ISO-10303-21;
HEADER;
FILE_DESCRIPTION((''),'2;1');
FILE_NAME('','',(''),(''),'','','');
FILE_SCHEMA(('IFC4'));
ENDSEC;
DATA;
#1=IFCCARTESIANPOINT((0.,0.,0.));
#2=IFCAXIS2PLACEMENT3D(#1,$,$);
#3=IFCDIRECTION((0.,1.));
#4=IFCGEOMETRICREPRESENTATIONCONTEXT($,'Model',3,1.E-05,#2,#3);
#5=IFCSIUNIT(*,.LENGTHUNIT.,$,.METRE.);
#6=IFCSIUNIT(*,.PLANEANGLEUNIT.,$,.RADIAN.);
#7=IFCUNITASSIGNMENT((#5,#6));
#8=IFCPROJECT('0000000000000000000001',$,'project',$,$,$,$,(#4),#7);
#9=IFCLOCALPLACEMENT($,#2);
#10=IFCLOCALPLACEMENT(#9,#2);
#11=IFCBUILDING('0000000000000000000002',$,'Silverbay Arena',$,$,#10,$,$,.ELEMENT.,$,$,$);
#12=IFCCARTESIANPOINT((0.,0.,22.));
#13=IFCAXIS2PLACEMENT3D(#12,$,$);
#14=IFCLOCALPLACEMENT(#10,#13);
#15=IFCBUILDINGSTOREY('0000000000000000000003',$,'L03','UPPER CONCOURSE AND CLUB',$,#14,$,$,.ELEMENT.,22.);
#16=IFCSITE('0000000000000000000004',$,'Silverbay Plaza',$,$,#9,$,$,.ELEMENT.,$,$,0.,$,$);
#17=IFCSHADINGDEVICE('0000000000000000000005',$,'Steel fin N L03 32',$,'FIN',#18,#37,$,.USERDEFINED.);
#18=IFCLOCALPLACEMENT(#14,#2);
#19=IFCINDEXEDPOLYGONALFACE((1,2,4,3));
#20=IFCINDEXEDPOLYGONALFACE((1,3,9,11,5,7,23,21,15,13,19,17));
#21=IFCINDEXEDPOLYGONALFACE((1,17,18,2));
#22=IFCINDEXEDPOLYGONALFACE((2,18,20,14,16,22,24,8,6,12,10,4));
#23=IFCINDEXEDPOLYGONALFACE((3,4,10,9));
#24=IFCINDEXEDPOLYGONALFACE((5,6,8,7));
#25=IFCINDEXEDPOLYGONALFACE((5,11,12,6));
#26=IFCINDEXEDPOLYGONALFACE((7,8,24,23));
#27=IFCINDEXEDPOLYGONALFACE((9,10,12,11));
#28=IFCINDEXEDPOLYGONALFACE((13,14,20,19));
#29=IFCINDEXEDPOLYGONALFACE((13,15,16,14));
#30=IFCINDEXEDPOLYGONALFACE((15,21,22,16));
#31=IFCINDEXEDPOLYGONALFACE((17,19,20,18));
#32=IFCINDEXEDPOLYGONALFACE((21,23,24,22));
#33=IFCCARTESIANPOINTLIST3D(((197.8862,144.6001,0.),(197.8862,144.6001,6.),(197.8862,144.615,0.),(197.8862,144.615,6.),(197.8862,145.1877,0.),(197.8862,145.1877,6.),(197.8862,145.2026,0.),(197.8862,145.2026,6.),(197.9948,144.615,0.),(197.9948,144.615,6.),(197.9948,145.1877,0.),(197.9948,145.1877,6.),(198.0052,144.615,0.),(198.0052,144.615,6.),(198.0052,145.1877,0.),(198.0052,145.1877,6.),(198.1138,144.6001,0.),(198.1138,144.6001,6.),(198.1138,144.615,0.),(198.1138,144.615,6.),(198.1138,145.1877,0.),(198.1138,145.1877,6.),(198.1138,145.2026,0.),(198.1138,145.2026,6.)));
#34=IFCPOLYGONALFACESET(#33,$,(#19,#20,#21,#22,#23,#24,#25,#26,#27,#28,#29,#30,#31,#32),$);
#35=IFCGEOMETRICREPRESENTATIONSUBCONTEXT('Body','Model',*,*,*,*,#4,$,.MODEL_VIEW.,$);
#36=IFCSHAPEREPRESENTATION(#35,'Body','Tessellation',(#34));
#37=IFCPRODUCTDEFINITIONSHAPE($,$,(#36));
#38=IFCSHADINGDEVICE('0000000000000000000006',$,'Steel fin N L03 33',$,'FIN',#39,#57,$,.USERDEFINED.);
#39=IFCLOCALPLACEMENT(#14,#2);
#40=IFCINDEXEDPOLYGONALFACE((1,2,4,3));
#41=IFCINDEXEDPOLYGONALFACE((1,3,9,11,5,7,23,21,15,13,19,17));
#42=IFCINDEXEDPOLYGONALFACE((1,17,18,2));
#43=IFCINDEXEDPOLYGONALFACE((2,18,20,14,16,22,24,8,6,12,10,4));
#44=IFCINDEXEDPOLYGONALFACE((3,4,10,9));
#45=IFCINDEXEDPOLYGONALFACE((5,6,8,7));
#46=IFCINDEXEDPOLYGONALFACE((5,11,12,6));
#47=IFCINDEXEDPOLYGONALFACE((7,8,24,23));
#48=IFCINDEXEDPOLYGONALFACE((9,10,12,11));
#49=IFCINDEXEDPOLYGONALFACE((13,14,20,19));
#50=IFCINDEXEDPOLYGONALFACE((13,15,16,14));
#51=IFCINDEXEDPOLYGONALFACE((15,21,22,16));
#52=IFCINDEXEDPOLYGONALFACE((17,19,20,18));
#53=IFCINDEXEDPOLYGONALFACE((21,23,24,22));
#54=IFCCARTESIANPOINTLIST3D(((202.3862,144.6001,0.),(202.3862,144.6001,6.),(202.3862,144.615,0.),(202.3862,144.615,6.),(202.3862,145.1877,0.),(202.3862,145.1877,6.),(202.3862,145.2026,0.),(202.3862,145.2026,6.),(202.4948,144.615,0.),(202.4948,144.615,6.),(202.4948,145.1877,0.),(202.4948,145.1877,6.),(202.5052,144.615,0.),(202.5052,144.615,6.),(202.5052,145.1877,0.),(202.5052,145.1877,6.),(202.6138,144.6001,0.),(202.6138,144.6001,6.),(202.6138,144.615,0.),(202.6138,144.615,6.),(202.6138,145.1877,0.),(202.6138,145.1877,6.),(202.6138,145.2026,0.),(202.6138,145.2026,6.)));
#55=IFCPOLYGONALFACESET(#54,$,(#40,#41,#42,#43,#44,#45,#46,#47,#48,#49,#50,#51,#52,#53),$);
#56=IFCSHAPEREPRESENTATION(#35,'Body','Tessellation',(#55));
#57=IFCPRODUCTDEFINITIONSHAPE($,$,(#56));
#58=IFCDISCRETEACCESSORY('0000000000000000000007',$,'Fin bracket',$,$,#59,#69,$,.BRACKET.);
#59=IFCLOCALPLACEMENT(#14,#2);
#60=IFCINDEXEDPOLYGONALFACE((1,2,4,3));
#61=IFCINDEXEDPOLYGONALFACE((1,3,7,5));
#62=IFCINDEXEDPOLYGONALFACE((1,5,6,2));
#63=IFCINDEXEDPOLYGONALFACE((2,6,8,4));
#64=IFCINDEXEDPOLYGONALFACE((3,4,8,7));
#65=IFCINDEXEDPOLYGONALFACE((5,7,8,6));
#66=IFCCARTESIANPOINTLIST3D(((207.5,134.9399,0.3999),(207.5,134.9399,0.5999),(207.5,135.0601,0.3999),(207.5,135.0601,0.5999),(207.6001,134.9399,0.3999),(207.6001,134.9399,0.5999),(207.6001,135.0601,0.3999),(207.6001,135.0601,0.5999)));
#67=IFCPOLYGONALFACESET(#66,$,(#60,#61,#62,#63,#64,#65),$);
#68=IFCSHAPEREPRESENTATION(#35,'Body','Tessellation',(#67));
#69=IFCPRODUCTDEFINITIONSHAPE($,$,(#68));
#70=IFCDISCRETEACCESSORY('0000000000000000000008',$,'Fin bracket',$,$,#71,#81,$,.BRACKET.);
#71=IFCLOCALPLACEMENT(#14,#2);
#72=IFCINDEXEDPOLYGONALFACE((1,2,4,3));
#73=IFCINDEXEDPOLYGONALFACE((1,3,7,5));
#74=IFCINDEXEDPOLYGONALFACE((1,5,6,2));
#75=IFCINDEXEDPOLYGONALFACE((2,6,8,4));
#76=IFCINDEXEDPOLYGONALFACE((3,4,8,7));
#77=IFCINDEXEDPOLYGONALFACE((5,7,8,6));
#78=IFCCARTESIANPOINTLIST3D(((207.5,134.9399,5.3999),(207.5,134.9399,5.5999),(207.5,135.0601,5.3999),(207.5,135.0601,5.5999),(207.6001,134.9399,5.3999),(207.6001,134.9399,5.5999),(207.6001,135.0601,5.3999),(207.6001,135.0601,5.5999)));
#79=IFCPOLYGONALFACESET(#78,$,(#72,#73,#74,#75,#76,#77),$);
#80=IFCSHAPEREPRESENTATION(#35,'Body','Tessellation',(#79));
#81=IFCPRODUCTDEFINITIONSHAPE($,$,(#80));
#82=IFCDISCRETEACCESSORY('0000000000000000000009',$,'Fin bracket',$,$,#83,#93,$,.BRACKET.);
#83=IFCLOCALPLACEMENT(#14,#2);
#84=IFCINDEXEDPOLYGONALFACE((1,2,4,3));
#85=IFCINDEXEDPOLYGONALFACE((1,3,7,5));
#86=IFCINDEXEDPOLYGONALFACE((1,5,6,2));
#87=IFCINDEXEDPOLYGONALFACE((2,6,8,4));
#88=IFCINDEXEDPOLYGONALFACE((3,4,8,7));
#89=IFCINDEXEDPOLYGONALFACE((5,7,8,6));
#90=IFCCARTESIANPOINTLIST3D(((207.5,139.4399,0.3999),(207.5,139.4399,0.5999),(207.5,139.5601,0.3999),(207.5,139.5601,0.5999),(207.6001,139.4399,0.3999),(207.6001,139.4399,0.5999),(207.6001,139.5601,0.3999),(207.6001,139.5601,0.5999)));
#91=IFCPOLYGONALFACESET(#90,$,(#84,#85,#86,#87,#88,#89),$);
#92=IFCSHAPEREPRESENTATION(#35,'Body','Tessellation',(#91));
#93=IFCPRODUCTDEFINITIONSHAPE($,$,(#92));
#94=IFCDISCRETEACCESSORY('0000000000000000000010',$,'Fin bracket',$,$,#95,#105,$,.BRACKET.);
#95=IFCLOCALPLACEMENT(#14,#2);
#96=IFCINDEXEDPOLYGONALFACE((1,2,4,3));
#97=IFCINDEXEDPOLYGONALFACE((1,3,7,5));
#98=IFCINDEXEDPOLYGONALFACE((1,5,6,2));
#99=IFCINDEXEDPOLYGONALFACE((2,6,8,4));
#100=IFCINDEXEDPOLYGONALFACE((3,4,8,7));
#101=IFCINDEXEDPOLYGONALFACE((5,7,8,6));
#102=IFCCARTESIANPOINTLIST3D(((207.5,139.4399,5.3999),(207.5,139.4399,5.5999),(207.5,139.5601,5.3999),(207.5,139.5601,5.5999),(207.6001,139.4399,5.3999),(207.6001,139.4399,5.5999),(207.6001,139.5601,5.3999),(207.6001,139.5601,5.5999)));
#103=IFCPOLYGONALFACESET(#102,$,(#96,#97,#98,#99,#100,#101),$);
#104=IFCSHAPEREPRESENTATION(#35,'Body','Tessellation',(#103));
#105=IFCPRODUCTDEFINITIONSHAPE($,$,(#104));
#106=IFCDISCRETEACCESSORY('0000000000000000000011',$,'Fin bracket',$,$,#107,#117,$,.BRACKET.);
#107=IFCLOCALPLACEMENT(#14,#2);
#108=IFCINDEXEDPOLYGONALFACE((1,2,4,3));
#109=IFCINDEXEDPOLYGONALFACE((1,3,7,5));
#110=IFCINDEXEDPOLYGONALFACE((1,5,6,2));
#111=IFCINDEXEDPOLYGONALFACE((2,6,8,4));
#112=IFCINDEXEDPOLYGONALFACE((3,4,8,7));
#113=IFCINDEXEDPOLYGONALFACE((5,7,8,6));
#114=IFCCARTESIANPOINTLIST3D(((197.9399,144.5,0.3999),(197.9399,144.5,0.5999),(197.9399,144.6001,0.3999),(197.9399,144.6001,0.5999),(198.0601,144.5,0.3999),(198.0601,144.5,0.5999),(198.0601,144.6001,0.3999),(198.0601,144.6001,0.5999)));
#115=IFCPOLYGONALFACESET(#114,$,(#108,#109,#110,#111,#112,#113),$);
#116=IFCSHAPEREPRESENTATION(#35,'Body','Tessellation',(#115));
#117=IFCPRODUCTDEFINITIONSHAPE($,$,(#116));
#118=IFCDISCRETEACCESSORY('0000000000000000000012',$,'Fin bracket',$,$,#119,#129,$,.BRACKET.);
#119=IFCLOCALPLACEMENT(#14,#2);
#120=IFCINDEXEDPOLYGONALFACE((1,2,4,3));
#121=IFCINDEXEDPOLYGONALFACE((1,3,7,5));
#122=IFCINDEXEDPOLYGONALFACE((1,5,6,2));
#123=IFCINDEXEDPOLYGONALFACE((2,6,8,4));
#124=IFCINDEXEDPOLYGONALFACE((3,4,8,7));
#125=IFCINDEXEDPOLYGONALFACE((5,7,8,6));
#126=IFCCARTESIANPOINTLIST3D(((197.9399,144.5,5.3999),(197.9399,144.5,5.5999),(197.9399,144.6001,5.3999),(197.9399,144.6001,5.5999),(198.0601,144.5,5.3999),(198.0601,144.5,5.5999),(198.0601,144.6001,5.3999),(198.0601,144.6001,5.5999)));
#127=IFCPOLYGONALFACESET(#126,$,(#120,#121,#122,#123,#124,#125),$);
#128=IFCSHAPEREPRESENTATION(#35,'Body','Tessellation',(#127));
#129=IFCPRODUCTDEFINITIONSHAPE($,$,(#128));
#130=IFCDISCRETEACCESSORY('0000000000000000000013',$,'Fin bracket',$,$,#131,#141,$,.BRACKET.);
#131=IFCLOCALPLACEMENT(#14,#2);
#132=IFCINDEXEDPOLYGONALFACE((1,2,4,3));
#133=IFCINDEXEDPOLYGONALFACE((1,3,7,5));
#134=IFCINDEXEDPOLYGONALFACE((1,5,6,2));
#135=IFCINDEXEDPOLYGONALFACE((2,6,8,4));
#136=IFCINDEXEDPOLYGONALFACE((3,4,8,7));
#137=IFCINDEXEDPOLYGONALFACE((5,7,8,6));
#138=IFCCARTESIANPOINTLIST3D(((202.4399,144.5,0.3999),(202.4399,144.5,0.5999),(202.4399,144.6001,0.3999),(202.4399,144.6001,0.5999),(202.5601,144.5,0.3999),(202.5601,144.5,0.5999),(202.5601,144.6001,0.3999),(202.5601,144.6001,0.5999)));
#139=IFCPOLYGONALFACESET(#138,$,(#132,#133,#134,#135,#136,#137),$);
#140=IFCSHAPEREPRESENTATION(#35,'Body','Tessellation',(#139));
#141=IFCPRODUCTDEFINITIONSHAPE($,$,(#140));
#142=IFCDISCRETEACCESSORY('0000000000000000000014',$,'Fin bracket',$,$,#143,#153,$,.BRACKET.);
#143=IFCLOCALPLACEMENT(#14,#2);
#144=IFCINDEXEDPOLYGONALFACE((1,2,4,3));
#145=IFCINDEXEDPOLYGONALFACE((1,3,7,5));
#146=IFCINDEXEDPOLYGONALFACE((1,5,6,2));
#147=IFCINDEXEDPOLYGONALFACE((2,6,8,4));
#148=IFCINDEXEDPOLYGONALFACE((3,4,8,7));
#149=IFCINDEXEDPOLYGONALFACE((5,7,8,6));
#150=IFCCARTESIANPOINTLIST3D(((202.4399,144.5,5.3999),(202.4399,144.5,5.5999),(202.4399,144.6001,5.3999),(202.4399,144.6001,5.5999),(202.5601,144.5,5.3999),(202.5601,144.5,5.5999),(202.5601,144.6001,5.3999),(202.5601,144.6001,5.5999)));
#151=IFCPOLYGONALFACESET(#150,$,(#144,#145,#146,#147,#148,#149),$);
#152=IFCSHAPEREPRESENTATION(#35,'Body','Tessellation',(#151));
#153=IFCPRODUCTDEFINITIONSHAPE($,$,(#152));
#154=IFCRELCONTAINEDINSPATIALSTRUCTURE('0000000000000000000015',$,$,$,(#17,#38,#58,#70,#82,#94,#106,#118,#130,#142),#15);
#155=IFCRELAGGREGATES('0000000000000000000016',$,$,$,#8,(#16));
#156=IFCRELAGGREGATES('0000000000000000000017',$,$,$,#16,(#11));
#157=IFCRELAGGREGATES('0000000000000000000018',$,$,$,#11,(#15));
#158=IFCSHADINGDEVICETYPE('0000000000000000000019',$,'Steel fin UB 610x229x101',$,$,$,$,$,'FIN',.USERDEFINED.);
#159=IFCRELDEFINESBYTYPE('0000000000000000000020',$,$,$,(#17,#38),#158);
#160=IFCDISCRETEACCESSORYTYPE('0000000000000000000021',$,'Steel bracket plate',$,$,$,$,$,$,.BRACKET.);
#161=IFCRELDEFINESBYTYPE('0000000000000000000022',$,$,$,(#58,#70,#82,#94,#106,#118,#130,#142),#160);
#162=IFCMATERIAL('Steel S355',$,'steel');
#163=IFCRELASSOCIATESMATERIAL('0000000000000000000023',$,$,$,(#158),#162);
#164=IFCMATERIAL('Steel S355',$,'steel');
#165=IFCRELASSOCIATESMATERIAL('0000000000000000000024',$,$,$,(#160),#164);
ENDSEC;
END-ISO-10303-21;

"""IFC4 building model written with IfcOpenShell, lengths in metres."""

from ifc_helpers import new_model, si_unit, direction, frame, origin, origin_2d, place, context, subcontext, project, spatial, rectangle, i_section, extrude, material, material_profile, profile_set, type_object, element, save


model = new_model("IFC4")

# Units and contexts
model_context = context("Model", 3, precision=1e-05, world=origin(), true_north=direction((0.0, 1.0)))
body_context = subcontext(model_context, "Body", "Model", "MODEL_VIEW")
ifc_project = project(units=[si_unit("LENGTHUNIT", "METRE"), si_unit("PLANEANGLEUNIT", "RADIAN")], contexts=[model_context])

# Site, building, storey
site_placement = place(None, origin())
site = spatial("IfcSite", under=ifc_project, at=site_placement, Name="Silverbay Plaza", CompositionType="ELEMENT", RefElevation=0.0)
building_placement = place(site_placement, origin())
building = spatial("IfcBuilding", under=site, at=building_placement, Name="Silverbay Arena", CompositionType="ELEMENT")
storey_placement = place(building_placement, frame((0.0, 0.0, 22.0)))
storey = spatial("IfcBuildingStorey", under=building, at=storey_placement, Name="L03", Description="UPPER CONCOURSE AND CLUB", CompositionType="ELEMENT", Elevation=22.0)

# Shading devices
ifc_material_1 = material(Name="Steel S355", Category="steel")
ifc_material_profile_1 = material_profile(ifc_material_1, i_section(OverallWidth=0.2275, OverallDepth=0.6025, WebThickness=0.0105, FlangeThickness=0.0149, at=origin_2d()), Name="UB 610x229x101")
ifc_profile_set_1 = profile_set([ifc_material_profile_1], Name="Steel S355")
shading_device_type = type_object("IfcShadingDeviceType", Name="Steel fin UB 610x229x101", ElementType="FIN", PredefinedType="USERDEFINED", material=ifc_profile_set_1)
for number, where, z_axis, x_axis, name in (
    (1, (198.0, 144.9014, 0.0), (0.0, 0.0, 1.0), (1.0, 0.0, 0.0), "Steel fin N L03 32"),
    (2, (202.5, 144.9014, 0.0), (0.0, 0.0, 1.0), (1.0, 0.0, 0.0), "Steel fin N L03 33"),
):
    element("IfcShadingDevice", number, at=place(storey_placement, frame(where, z_axis=z_axis, x_axis=x_axis)), inside=storey, type_object=shading_device_type, Name=name, ObjectType="FIN", PredefinedType="USERDEFINED", context=body_context, shape_type="SweptSolid", body=[
        extrude(i_section(OverallWidth=0.2275, OverallDepth=0.6025, WebThickness=0.0105, FlangeThickness=0.0149, at=origin_2d()), origin(), (0.0, 0.0, 1.0), 6.0),
    ])

# Discrete accessories
ifc_material_2 = material(Name="Steel S355", Category="steel")
discrete_accessory_type = type_object("IfcDiscreteAccessoryType", Name="Steel bracket plate", PredefinedType="BRACKET", material=ifc_material_2)
for number, where, z_axis, x_axis, name in (
    (3, (207.55, 135.0, 0.3999), (0.0, 0.0, 1.0), (1.0, 0.0, 0.0), "Fin bracket"),
    (4, (207.55, 135.0, 5.3999), (0.0, 0.0, 1.0), (1.0, 0.0, 0.0), "Fin bracket"),
    (5, (207.55, 139.5, 0.3999), (0.0, 0.0, 1.0), (1.0, 0.0, 0.0), "Fin bracket"),
    (6, (207.55, 139.5, 5.3999), (0.0, 0.0, 1.0), (1.0, 0.0, 0.0), "Fin bracket"),
):
    element("IfcDiscreteAccessory", number, at=place(storey_placement, frame(where, z_axis=z_axis, x_axis=x_axis)), inside=storey, type_object=discrete_accessory_type, Name=name, PredefinedType="BRACKET", context=body_context, shape_type="SweptSolid", body=[
        extrude(rectangle(XDim=0.1001, YDim=0.1201, at=origin_2d()), origin(), (0.0, 0.0, 1.0), 0.2),
    ])
for number, where, z_axis, x_axis, name in (
    (7, (198.0, 144.55, 0.3999), (0.0, 0.0, 1.0), (1.0, 0.0, 0.0), "Fin bracket"),
    (8, (198.0, 144.55, 5.3999), (0.0, 0.0, 1.0), (1.0, 0.0, 0.0), "Fin bracket"),
    (9, (202.5, 144.55, 0.3999), (0.0, 0.0, 1.0), (1.0, 0.0, 0.0), "Fin bracket"),
    (10, (202.5, 144.55, 5.3999), (0.0, 0.0, 1.0), (1.0, 0.0, 0.0), "Fin bracket"),
):
    element("IfcDiscreteAccessory", number, at=place(storey_placement, frame(where, z_axis=z_axis, x_axis=x_axis)), inside=storey, type_object=discrete_accessory_type, Name=name, PredefinedType="BRACKET", context=body_context, shape_type="SweptSolid", body=[
        extrude(rectangle(XDim=0.1201, YDim=0.1001, at=origin_2d()), origin(), (0.0, 0.0, 1.0), 0.2),
    ])

save(model, "model.ifc")
